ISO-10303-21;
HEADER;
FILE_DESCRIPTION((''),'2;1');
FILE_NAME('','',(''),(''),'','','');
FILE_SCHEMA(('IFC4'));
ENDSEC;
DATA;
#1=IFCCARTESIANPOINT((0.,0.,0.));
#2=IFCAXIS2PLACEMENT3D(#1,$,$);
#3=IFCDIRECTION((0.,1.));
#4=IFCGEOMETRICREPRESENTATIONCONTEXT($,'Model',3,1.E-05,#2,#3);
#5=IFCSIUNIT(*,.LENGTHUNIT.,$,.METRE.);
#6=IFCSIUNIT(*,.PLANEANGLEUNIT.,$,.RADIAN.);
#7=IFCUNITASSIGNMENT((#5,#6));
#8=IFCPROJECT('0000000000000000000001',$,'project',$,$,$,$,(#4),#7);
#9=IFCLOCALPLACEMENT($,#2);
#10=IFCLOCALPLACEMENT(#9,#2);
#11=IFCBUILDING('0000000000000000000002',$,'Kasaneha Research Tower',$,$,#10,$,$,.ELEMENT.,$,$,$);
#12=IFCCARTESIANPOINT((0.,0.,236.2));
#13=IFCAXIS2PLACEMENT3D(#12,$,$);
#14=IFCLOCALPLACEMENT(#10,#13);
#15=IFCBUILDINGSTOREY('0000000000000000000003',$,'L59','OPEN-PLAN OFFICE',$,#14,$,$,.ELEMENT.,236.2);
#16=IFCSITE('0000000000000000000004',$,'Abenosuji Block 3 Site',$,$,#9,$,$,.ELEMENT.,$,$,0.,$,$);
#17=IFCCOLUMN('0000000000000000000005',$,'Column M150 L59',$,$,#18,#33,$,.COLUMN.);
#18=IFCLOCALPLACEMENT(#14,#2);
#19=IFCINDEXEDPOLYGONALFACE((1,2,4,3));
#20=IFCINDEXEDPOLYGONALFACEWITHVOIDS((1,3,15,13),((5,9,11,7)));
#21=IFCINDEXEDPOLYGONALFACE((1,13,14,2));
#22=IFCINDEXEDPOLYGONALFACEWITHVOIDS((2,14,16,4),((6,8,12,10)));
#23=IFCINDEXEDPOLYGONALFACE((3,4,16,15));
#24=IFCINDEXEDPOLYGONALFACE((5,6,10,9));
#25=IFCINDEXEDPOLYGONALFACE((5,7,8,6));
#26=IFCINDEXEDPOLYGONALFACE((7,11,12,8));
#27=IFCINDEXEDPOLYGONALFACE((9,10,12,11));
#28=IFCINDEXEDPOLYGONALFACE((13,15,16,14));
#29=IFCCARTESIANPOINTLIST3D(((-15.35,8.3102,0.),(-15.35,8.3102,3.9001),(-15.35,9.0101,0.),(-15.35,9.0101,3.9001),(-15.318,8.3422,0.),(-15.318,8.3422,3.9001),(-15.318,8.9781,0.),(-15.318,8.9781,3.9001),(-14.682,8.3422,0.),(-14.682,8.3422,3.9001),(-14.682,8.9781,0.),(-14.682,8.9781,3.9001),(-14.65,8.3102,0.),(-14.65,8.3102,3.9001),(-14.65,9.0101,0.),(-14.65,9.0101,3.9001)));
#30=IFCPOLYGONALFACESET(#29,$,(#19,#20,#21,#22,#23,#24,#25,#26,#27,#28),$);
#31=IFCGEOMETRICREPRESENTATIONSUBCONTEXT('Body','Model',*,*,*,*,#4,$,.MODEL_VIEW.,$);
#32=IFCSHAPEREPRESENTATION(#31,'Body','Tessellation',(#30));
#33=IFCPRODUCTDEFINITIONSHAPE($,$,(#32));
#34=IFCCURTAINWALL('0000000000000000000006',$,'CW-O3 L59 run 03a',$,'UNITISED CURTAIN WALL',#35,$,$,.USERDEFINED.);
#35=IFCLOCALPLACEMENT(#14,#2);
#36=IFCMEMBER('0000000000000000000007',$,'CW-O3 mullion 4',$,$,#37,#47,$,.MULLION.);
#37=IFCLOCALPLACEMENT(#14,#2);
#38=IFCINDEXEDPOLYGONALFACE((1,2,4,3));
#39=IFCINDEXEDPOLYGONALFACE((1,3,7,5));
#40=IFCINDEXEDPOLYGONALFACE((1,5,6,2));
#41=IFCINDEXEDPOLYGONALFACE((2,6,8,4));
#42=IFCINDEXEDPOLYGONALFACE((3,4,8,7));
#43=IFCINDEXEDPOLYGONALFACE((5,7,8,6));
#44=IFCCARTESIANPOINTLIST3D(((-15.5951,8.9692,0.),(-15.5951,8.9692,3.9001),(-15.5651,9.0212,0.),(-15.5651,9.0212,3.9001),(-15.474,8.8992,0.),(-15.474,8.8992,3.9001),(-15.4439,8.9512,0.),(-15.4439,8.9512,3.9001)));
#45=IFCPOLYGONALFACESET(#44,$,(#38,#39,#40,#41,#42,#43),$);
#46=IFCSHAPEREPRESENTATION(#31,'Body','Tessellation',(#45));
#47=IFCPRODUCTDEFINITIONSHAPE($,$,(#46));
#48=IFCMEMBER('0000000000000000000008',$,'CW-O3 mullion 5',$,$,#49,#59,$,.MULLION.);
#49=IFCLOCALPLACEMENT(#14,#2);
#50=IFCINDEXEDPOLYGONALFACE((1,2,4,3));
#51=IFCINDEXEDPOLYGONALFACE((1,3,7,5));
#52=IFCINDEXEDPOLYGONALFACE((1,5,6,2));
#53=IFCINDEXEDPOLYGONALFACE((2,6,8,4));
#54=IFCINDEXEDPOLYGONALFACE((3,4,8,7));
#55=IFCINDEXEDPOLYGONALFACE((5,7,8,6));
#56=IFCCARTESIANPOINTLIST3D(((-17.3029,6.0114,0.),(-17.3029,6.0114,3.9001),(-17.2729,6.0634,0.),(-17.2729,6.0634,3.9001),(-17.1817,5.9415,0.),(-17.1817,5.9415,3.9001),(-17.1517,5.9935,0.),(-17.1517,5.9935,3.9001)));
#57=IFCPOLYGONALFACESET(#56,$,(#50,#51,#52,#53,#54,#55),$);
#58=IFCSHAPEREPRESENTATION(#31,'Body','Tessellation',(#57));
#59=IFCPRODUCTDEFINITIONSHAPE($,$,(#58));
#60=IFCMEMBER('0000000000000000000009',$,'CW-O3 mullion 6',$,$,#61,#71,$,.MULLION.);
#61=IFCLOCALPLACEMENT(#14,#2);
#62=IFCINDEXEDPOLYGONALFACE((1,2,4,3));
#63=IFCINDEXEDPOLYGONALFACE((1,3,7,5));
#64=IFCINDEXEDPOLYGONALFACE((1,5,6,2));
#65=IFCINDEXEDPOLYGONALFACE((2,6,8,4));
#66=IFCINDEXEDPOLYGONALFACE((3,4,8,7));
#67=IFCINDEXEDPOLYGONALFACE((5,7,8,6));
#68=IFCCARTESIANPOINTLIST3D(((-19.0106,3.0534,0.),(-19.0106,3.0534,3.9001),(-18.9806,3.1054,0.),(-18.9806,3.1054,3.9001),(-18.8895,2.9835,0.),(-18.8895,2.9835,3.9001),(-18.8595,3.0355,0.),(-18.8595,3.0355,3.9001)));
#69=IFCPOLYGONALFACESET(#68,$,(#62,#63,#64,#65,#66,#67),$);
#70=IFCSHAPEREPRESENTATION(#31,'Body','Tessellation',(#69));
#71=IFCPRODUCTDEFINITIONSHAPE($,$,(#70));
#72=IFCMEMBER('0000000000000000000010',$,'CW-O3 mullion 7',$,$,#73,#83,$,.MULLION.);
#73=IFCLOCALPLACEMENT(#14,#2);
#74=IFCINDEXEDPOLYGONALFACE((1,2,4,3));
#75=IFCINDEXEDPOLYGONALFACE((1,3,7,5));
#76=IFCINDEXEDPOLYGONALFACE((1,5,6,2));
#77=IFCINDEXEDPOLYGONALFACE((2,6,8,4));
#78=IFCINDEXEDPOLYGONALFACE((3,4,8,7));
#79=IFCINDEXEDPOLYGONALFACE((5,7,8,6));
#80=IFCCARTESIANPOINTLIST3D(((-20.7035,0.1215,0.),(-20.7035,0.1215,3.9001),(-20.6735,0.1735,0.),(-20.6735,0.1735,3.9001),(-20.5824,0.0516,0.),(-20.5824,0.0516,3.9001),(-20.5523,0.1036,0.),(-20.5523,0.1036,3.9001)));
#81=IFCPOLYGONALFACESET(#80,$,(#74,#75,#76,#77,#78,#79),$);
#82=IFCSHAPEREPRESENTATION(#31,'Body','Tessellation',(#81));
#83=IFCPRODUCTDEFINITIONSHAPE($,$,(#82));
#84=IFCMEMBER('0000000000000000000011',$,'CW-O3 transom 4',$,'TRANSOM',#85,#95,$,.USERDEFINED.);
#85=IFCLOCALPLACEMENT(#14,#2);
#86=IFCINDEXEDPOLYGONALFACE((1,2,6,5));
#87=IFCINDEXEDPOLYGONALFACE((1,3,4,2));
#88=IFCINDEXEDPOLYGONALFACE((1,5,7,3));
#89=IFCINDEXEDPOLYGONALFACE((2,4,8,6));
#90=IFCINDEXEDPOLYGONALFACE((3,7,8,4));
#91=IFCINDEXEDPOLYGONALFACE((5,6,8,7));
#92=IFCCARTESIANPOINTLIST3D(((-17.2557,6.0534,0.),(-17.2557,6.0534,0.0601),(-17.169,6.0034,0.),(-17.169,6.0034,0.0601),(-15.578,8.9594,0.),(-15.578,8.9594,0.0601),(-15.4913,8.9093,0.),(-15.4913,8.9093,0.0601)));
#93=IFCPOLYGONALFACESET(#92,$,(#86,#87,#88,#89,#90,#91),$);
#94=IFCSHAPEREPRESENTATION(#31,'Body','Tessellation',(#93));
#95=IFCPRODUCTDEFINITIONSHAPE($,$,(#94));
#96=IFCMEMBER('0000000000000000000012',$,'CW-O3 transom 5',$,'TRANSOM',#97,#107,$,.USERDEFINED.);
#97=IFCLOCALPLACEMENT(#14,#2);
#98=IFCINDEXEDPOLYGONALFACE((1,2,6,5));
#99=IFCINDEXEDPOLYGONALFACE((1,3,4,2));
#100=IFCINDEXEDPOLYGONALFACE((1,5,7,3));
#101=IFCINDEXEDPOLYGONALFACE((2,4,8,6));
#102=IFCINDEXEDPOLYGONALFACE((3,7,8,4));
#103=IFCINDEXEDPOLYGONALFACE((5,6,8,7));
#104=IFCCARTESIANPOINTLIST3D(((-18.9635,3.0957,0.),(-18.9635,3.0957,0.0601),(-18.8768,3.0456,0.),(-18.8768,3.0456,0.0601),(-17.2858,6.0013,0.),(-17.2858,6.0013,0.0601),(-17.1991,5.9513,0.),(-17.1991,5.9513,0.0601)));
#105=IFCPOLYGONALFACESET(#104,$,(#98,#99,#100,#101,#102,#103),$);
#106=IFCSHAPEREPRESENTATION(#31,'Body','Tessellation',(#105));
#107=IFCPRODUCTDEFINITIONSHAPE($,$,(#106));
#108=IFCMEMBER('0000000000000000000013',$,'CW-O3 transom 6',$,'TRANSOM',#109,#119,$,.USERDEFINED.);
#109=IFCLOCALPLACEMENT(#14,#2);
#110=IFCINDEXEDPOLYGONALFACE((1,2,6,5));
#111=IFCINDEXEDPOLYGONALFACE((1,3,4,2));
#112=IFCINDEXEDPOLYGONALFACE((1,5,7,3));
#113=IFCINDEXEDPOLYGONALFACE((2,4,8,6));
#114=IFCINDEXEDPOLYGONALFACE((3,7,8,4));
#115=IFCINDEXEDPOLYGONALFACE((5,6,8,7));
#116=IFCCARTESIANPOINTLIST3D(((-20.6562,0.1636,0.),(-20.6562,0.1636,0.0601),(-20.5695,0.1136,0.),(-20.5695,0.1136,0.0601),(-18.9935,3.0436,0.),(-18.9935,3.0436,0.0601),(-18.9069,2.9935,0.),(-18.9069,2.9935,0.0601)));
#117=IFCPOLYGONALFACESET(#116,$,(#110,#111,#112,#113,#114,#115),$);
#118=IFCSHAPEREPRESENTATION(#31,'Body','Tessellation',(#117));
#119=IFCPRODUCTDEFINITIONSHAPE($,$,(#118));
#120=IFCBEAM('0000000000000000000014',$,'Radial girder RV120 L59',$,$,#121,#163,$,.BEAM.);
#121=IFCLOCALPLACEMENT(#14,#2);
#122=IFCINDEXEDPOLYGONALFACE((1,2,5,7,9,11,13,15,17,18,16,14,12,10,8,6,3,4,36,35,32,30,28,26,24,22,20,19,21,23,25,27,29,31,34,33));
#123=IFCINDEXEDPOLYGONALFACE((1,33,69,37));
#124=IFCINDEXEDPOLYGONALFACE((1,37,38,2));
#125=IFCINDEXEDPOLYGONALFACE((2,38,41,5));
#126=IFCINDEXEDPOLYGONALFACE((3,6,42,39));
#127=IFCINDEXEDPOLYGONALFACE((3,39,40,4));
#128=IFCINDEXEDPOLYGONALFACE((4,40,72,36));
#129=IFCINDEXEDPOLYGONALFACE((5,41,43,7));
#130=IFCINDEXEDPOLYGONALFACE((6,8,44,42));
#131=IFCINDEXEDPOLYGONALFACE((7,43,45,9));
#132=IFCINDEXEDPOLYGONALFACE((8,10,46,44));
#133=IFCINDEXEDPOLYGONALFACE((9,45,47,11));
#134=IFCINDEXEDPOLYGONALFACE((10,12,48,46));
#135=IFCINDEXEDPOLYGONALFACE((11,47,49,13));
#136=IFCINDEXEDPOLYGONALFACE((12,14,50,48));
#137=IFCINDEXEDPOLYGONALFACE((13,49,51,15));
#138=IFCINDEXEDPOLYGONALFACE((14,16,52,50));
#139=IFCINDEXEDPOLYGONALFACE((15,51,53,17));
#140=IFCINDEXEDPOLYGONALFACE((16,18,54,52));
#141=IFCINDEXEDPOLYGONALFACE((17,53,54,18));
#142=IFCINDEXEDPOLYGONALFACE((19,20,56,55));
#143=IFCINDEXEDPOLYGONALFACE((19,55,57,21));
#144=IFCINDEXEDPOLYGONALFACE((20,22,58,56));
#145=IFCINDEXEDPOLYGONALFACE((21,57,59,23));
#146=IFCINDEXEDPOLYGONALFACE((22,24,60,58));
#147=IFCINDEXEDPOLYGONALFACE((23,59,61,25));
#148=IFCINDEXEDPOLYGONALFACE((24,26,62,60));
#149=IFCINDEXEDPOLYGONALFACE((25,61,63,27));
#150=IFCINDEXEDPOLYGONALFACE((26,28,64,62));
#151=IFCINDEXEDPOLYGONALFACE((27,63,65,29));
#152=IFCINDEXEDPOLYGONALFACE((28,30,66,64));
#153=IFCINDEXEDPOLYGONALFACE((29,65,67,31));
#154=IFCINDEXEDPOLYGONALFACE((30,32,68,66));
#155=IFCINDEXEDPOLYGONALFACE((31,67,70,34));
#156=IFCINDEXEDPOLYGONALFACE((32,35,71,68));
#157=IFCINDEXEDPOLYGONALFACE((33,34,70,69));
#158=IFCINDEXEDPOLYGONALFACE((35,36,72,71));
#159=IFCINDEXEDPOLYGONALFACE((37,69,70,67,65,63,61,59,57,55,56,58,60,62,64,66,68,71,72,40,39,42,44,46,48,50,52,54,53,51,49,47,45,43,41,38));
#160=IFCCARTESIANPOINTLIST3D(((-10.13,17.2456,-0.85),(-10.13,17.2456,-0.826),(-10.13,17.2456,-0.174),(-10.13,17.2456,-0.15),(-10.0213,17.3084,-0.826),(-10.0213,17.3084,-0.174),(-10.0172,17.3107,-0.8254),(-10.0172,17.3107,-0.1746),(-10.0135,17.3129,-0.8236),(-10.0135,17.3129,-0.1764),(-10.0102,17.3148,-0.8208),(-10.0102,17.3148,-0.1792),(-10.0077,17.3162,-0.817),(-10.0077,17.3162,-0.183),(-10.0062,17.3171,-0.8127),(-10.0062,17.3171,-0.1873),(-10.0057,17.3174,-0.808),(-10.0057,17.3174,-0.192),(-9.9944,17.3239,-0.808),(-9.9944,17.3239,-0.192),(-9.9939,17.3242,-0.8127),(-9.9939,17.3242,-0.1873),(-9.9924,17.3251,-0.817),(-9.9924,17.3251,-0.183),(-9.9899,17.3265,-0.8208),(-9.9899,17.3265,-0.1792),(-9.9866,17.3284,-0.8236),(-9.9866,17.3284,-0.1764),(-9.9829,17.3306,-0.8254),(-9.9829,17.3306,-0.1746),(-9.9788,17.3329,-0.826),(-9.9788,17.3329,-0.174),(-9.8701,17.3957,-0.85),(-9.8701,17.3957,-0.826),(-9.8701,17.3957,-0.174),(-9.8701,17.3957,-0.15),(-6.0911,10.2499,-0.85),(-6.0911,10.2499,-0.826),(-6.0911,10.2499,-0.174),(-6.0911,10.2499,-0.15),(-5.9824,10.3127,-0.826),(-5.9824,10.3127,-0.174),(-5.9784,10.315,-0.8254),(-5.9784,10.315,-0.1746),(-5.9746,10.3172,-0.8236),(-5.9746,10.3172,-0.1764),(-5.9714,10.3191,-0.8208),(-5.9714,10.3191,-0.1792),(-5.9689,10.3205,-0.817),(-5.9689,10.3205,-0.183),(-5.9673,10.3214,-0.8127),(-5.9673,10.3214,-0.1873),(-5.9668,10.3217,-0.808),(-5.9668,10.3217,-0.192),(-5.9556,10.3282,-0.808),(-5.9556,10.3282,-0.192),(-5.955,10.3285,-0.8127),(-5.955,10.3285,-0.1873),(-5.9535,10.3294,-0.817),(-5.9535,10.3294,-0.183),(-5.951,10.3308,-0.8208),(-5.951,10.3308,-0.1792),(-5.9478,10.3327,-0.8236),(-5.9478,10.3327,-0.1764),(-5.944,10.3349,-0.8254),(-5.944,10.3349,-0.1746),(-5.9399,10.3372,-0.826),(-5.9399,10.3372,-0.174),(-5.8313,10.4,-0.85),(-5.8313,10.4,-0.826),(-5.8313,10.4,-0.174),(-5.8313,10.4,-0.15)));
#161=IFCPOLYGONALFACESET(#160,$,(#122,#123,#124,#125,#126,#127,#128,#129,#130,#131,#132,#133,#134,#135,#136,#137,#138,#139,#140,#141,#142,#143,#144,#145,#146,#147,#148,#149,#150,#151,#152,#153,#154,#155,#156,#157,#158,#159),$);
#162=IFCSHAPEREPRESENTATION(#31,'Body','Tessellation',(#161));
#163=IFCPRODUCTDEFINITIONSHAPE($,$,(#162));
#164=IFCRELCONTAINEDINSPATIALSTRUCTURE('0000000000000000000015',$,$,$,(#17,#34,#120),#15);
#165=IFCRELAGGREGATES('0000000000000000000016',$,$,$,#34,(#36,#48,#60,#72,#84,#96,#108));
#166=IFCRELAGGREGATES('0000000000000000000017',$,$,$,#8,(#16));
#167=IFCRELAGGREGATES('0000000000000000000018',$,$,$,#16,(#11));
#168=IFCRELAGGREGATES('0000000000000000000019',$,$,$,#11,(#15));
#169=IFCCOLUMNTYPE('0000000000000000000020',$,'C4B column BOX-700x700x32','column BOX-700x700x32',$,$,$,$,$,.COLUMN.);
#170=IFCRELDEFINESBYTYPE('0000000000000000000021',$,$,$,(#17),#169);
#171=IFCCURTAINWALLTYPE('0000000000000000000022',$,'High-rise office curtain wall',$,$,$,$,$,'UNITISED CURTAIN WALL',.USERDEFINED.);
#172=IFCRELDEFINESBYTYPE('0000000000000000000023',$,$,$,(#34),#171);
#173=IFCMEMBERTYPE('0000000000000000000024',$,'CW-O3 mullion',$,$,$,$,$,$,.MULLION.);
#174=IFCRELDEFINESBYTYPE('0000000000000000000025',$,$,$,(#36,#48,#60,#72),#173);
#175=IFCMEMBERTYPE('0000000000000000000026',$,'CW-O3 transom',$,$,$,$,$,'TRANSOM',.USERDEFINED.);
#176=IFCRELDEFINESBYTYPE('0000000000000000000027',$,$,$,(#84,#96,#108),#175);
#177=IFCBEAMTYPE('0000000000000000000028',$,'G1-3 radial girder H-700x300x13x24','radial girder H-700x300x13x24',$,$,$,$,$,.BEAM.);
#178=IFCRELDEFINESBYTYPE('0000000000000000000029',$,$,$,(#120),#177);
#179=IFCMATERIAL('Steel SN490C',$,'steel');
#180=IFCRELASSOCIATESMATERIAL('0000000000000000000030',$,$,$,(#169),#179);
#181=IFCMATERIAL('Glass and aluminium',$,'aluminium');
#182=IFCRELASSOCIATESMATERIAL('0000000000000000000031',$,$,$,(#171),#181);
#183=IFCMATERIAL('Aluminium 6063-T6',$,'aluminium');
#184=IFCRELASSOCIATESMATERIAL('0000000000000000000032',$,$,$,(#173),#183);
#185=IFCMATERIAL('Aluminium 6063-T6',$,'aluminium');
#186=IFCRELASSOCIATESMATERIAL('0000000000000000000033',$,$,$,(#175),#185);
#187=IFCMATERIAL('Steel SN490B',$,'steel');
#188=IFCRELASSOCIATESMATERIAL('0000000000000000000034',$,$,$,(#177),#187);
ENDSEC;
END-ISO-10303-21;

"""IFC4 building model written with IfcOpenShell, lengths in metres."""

from ifc_helpers import new_model, si_unit, direction, frame, origin, origin_2d, place, context, subcontext, project, spatial, rectangle, hollow_rectangle, i_section, extrude, material, material_profile, profile_set, type_object, element, aggregate, save


model = new_model("IFC4")

# Units and contexts
model_context = context("Model", 3, precision=1e-05, world=origin(), true_north=direction((0.0, 1.0)))
body_context = subcontext(model_context, "Body", "Model", "MODEL_VIEW")
ifc_project = project(units=[si_unit("LENGTHUNIT", "METRE"), si_unit("PLANEANGLEUNIT", "RADIAN")], contexts=[model_context])

# Site, building, storey
site_placement = place(None, origin())
site = spatial("IfcSite", under=ifc_project, at=site_placement, Name="Abenosuji Block 3 Site", CompositionType="ELEMENT", RefElevation=0.0)
building_placement = place(site_placement, origin())
building = spatial("IfcBuilding", under=site, at=building_placement, Name="Kasaneha Research Tower", CompositionType="ELEMENT")
storey_placement = place(building_placement, frame((0.0, 0.0, 236.2)))
storey = spatial("IfcBuildingStorey", under=building, at=storey_placement, Name="L59", Description="OPEN-PLAN OFFICE", CompositionType="ELEMENT", Elevation=236.2)

# Column
ifc_material_1 = material(Name="Steel SN490C", Category="steel")
ifc_material_profile_1 = material_profile(ifc_material_1, hollow_rectangle(XDim=0.7, YDim=0.7, WallThickness=0.032, at=origin_2d()), Name="BOX-700x700x32")
ifc_profile_set_1 = profile_set([ifc_material_profile_1], Name="Steel SN490C")
column_type = type_object("IfcColumnType", Name="C4B column BOX-700x700x32", Description="column BOX-700x700x32", PredefinedType="COLUMN", material=ifc_profile_set_1)
column_placement = place(storey_placement, frame((-15.0, 8.6602, 0.0), z_axis=(0.0, 0.0, 1.0), x_axis=(1.0, 0.0, 0.0)))
element("IfcColumn", 1, at=column_placement, inside=storey, type_object=column_type, Name="Column M150 L59", PredefinedType="COLUMN", context=body_context, shape_type="SweptSolid", body=[
    extrude(hollow_rectangle(XDim=0.7, YDim=0.7, WallThickness=0.032, at=origin_2d()), origin(), (0.0, 0.0, 1.0), 3.9001),
])

# Curtain wall, members
ifc_material_2 = material(Name="Glass and aluminium", Category="aluminium")
curtain_wall_type = type_object("IfcCurtainWallType", Name="High-rise office curtain wall", ElementType="UNITISED CURTAIN WALL", PredefinedType="USERDEFINED", material=ifc_material_2)
curtain_wall_placement = place(storey_placement, origin())
curtain_wall = element("IfcCurtainWall", 2, at=curtain_wall_placement, inside=storey, type_object=curtain_wall_type, Name="CW-O3 L59 run 03a", ObjectType="UNITISED CURTAIN WALL", PredefinedType="USERDEFINED")
ifc_material_3 = material(Name="Aluminium 6063-T6", Category="aluminium")
ifc_material_profile_2 = material_profile(ifc_material_3, rectangle(XDim=0.0601, YDim=0.1399, at=origin_2d()), Name="CW-O3 mullion 60x140")
ifc_profile_set_2 = profile_set([ifc_material_profile_2], Name="Aluminium 6063-T6")
member_type_1 = type_object("IfcMemberType", Name="CW-O3 mullion", PredefinedType="MULLION", material=ifc_profile_set_2)
member_1_placement = place(storey_placement, frame((-15.5195, 8.9602, 0.0), z_axis=(0.0, 0.0, 1.0), x_axis=(-0.5, -0.866025, 0.0)))
member_1 = element("IfcMember", 3, at=member_1_placement, type_object=member_type_1, Name="CW-O3 mullion 4", PredefinedType="MULLION", context=body_context, shape_type="SweptSolid", body=[
    extrude(rectangle(XDim=0.0601, YDim=0.1399, at=origin_2d()), origin(), (0.0, 0.0, 1.0), 3.9001),
])
member_2_placement = place(storey_placement, frame((-17.2273, 6.0024, 0.0), z_axis=(0.0, 0.0, 1.0), x_axis=(-0.5, -0.866025, 0.0)))
member_2 = element("IfcMember", 4, at=member_2_placement, type_object=member_type_1, Name="CW-O3 mullion 5", PredefinedType="MULLION", context=body_context, shape_type="SweptSolid", body=[
    extrude(rectangle(XDim=0.0601, YDim=0.1399, at=origin_2d()), origin(), (0.0, 0.0, 1.0), 3.9001),
])
member_3_placement = place(storey_placement, frame((-18.9351, 3.0444, 0.0), z_axis=(0.0, 0.0, 1.0), x_axis=(-0.5, -0.866025, 0.0)))
member_3 = element("IfcMember", 5, at=member_3_placement, type_object=member_type_1, Name="CW-O3 mullion 6", PredefinedType="MULLION", context=body_context, shape_type="SweptSolid", body=[
    extrude(rectangle(XDim=0.0601, YDim=0.1399, at=origin_2d()), origin(), (0.0, 0.0, 1.0), 3.9001),
])
member_4_placement = place(storey_placement, frame((-20.6279, 0.1125, 0.0), z_axis=(0.0, 0.0, 1.0), x_axis=(-0.5, -0.866025, 0.0)))
member_4 = element("IfcMember", 6, at=member_4_placement, type_object=member_type_1, Name="CW-O3 mullion 7", PredefinedType="MULLION", context=body_context, shape_type="SweptSolid", body=[
    extrude(rectangle(XDim=0.0601, YDim=0.1399, at=origin_2d()), origin(), (0.0, 0.0, 1.0), 3.9001),
])
ifc_material_4 = material(Name="Aluminium 6063-T6", Category="aluminium")
ifc_material_profile_3 = material_profile(ifc_material_4, rectangle(XDim=0.1001, YDim=0.0601, at=origin_2d()), Name="CW-O3 transom 100x60")
ifc_profile_set_3 = profile_set([ifc_material_profile_3], Name="Aluminium 6063-T6")
member_type_2 = type_object("IfcMemberType", Name="CW-O3 transom", ElementType="TRANSOM", PredefinedType="USERDEFINED", material=ifc_profile_set_3)
member_5_placement = place(storey_placement, frame((-15.5347, 8.9343, 0.03), z_axis=(-0.499989, -0.866032, 0.0), x_axis=(0.866032, -0.499989, 0.0)))
member_5 = element("IfcMember", 7, at=member_5_placement, type_object=member_type_2, Name="CW-O3 transom 4", ObjectType="TRANSOM", PredefinedType="USERDEFINED", context=body_context, shape_type="SweptSolid", body=[
    extrude(rectangle(XDim=0.1001, YDim=0.0601, at=origin_2d()), origin(), (0.0, 0.0, 1.0), 3.3555),
])
member_6_placement = place(storey_placement, frame((-17.2424, 5.9763, 0.03), z_axis=(-0.500021, -0.866014, 0.0), x_axis=(0.866014, -0.500021, 0.0)))
member_6 = element("IfcMember", 8, at=member_6_placement, type_object=member_type_2, Name="CW-O3 transom 5", ObjectType="TRANSOM", PredefinedType="USERDEFINED", context=body_context, shape_type="SweptSolid", body=[
    extrude(rectangle(XDim=0.1001, YDim=0.0601, at=origin_2d()), origin(), (0.0, 0.0, 1.0), 3.3552),
])
member_7_placement = place(storey_placement, frame((-18.9502, 3.0186, 0.03), z_axis=(-0.499977, -0.866039, 0.0), x_axis=(0.866039, -0.499977, 0.0)))
member_7 = element("IfcMember", 9, at=member_7_placement, type_object=member_type_2, Name="CW-O3 transom 6", ObjectType="TRANSOM", PredefinedType="USERDEFINED", context=body_context, shape_type="SweptSolid", body=[
    extrude(rectangle(XDim=0.1001, YDim=0.0601, at=origin_2d()), origin(), (0.0, 0.0, 1.0), 3.3254),
])

# Beam
ifc_material_5 = material(Name="Steel SN490B", Category="steel")
ifc_material_profile_4 = material_profile(ifc_material_5, i_section(OverallWidth=0.3, OverallDepth=0.7, WebThickness=0.0129, FlangeThickness=0.0239, FilletRadius=0.0181, at=origin_2d()), Name="H-700x300x13x24")
ifc_profile_set_4 = profile_set([ifc_material_profile_4], Name="Steel SN490B")
beam_type_1 = type_object("IfcBeamType", Name="G1-3 radial girder H-700x300x13x24", Description="radial girder H-700x300x13x24", PredefinedType="BEAM", material=ifc_profile_set_4)
beam_1_placement = place(storey_placement, frame((-5.9612, 10.325, -0.5), z_axis=(-0.499991, 0.866031, 0.0), x_axis=(-0.866031, -0.499991, 0.0)))
element("IfcBeam", 10, at=beam_1_placement, inside=storey, type_object=beam_type_1, Name="Radial girder RV120 L59", PredefinedType="BEAM", context=body_context, shape_type="SweptSolid", body=[
    extrude(i_section(OverallWidth=0.3, OverallDepth=0.7, WebThickness=0.0129, FlangeThickness=0.0239, FilletRadius=0.0181, at=origin_2d()), origin(), (0.0, 0.0, 1.0), 8.0779),
])

aggregate(curtain_wall, [member_1, member_2, member_3, member_4, member_5, member_6, member_7])

save(model, "model.ifc")
